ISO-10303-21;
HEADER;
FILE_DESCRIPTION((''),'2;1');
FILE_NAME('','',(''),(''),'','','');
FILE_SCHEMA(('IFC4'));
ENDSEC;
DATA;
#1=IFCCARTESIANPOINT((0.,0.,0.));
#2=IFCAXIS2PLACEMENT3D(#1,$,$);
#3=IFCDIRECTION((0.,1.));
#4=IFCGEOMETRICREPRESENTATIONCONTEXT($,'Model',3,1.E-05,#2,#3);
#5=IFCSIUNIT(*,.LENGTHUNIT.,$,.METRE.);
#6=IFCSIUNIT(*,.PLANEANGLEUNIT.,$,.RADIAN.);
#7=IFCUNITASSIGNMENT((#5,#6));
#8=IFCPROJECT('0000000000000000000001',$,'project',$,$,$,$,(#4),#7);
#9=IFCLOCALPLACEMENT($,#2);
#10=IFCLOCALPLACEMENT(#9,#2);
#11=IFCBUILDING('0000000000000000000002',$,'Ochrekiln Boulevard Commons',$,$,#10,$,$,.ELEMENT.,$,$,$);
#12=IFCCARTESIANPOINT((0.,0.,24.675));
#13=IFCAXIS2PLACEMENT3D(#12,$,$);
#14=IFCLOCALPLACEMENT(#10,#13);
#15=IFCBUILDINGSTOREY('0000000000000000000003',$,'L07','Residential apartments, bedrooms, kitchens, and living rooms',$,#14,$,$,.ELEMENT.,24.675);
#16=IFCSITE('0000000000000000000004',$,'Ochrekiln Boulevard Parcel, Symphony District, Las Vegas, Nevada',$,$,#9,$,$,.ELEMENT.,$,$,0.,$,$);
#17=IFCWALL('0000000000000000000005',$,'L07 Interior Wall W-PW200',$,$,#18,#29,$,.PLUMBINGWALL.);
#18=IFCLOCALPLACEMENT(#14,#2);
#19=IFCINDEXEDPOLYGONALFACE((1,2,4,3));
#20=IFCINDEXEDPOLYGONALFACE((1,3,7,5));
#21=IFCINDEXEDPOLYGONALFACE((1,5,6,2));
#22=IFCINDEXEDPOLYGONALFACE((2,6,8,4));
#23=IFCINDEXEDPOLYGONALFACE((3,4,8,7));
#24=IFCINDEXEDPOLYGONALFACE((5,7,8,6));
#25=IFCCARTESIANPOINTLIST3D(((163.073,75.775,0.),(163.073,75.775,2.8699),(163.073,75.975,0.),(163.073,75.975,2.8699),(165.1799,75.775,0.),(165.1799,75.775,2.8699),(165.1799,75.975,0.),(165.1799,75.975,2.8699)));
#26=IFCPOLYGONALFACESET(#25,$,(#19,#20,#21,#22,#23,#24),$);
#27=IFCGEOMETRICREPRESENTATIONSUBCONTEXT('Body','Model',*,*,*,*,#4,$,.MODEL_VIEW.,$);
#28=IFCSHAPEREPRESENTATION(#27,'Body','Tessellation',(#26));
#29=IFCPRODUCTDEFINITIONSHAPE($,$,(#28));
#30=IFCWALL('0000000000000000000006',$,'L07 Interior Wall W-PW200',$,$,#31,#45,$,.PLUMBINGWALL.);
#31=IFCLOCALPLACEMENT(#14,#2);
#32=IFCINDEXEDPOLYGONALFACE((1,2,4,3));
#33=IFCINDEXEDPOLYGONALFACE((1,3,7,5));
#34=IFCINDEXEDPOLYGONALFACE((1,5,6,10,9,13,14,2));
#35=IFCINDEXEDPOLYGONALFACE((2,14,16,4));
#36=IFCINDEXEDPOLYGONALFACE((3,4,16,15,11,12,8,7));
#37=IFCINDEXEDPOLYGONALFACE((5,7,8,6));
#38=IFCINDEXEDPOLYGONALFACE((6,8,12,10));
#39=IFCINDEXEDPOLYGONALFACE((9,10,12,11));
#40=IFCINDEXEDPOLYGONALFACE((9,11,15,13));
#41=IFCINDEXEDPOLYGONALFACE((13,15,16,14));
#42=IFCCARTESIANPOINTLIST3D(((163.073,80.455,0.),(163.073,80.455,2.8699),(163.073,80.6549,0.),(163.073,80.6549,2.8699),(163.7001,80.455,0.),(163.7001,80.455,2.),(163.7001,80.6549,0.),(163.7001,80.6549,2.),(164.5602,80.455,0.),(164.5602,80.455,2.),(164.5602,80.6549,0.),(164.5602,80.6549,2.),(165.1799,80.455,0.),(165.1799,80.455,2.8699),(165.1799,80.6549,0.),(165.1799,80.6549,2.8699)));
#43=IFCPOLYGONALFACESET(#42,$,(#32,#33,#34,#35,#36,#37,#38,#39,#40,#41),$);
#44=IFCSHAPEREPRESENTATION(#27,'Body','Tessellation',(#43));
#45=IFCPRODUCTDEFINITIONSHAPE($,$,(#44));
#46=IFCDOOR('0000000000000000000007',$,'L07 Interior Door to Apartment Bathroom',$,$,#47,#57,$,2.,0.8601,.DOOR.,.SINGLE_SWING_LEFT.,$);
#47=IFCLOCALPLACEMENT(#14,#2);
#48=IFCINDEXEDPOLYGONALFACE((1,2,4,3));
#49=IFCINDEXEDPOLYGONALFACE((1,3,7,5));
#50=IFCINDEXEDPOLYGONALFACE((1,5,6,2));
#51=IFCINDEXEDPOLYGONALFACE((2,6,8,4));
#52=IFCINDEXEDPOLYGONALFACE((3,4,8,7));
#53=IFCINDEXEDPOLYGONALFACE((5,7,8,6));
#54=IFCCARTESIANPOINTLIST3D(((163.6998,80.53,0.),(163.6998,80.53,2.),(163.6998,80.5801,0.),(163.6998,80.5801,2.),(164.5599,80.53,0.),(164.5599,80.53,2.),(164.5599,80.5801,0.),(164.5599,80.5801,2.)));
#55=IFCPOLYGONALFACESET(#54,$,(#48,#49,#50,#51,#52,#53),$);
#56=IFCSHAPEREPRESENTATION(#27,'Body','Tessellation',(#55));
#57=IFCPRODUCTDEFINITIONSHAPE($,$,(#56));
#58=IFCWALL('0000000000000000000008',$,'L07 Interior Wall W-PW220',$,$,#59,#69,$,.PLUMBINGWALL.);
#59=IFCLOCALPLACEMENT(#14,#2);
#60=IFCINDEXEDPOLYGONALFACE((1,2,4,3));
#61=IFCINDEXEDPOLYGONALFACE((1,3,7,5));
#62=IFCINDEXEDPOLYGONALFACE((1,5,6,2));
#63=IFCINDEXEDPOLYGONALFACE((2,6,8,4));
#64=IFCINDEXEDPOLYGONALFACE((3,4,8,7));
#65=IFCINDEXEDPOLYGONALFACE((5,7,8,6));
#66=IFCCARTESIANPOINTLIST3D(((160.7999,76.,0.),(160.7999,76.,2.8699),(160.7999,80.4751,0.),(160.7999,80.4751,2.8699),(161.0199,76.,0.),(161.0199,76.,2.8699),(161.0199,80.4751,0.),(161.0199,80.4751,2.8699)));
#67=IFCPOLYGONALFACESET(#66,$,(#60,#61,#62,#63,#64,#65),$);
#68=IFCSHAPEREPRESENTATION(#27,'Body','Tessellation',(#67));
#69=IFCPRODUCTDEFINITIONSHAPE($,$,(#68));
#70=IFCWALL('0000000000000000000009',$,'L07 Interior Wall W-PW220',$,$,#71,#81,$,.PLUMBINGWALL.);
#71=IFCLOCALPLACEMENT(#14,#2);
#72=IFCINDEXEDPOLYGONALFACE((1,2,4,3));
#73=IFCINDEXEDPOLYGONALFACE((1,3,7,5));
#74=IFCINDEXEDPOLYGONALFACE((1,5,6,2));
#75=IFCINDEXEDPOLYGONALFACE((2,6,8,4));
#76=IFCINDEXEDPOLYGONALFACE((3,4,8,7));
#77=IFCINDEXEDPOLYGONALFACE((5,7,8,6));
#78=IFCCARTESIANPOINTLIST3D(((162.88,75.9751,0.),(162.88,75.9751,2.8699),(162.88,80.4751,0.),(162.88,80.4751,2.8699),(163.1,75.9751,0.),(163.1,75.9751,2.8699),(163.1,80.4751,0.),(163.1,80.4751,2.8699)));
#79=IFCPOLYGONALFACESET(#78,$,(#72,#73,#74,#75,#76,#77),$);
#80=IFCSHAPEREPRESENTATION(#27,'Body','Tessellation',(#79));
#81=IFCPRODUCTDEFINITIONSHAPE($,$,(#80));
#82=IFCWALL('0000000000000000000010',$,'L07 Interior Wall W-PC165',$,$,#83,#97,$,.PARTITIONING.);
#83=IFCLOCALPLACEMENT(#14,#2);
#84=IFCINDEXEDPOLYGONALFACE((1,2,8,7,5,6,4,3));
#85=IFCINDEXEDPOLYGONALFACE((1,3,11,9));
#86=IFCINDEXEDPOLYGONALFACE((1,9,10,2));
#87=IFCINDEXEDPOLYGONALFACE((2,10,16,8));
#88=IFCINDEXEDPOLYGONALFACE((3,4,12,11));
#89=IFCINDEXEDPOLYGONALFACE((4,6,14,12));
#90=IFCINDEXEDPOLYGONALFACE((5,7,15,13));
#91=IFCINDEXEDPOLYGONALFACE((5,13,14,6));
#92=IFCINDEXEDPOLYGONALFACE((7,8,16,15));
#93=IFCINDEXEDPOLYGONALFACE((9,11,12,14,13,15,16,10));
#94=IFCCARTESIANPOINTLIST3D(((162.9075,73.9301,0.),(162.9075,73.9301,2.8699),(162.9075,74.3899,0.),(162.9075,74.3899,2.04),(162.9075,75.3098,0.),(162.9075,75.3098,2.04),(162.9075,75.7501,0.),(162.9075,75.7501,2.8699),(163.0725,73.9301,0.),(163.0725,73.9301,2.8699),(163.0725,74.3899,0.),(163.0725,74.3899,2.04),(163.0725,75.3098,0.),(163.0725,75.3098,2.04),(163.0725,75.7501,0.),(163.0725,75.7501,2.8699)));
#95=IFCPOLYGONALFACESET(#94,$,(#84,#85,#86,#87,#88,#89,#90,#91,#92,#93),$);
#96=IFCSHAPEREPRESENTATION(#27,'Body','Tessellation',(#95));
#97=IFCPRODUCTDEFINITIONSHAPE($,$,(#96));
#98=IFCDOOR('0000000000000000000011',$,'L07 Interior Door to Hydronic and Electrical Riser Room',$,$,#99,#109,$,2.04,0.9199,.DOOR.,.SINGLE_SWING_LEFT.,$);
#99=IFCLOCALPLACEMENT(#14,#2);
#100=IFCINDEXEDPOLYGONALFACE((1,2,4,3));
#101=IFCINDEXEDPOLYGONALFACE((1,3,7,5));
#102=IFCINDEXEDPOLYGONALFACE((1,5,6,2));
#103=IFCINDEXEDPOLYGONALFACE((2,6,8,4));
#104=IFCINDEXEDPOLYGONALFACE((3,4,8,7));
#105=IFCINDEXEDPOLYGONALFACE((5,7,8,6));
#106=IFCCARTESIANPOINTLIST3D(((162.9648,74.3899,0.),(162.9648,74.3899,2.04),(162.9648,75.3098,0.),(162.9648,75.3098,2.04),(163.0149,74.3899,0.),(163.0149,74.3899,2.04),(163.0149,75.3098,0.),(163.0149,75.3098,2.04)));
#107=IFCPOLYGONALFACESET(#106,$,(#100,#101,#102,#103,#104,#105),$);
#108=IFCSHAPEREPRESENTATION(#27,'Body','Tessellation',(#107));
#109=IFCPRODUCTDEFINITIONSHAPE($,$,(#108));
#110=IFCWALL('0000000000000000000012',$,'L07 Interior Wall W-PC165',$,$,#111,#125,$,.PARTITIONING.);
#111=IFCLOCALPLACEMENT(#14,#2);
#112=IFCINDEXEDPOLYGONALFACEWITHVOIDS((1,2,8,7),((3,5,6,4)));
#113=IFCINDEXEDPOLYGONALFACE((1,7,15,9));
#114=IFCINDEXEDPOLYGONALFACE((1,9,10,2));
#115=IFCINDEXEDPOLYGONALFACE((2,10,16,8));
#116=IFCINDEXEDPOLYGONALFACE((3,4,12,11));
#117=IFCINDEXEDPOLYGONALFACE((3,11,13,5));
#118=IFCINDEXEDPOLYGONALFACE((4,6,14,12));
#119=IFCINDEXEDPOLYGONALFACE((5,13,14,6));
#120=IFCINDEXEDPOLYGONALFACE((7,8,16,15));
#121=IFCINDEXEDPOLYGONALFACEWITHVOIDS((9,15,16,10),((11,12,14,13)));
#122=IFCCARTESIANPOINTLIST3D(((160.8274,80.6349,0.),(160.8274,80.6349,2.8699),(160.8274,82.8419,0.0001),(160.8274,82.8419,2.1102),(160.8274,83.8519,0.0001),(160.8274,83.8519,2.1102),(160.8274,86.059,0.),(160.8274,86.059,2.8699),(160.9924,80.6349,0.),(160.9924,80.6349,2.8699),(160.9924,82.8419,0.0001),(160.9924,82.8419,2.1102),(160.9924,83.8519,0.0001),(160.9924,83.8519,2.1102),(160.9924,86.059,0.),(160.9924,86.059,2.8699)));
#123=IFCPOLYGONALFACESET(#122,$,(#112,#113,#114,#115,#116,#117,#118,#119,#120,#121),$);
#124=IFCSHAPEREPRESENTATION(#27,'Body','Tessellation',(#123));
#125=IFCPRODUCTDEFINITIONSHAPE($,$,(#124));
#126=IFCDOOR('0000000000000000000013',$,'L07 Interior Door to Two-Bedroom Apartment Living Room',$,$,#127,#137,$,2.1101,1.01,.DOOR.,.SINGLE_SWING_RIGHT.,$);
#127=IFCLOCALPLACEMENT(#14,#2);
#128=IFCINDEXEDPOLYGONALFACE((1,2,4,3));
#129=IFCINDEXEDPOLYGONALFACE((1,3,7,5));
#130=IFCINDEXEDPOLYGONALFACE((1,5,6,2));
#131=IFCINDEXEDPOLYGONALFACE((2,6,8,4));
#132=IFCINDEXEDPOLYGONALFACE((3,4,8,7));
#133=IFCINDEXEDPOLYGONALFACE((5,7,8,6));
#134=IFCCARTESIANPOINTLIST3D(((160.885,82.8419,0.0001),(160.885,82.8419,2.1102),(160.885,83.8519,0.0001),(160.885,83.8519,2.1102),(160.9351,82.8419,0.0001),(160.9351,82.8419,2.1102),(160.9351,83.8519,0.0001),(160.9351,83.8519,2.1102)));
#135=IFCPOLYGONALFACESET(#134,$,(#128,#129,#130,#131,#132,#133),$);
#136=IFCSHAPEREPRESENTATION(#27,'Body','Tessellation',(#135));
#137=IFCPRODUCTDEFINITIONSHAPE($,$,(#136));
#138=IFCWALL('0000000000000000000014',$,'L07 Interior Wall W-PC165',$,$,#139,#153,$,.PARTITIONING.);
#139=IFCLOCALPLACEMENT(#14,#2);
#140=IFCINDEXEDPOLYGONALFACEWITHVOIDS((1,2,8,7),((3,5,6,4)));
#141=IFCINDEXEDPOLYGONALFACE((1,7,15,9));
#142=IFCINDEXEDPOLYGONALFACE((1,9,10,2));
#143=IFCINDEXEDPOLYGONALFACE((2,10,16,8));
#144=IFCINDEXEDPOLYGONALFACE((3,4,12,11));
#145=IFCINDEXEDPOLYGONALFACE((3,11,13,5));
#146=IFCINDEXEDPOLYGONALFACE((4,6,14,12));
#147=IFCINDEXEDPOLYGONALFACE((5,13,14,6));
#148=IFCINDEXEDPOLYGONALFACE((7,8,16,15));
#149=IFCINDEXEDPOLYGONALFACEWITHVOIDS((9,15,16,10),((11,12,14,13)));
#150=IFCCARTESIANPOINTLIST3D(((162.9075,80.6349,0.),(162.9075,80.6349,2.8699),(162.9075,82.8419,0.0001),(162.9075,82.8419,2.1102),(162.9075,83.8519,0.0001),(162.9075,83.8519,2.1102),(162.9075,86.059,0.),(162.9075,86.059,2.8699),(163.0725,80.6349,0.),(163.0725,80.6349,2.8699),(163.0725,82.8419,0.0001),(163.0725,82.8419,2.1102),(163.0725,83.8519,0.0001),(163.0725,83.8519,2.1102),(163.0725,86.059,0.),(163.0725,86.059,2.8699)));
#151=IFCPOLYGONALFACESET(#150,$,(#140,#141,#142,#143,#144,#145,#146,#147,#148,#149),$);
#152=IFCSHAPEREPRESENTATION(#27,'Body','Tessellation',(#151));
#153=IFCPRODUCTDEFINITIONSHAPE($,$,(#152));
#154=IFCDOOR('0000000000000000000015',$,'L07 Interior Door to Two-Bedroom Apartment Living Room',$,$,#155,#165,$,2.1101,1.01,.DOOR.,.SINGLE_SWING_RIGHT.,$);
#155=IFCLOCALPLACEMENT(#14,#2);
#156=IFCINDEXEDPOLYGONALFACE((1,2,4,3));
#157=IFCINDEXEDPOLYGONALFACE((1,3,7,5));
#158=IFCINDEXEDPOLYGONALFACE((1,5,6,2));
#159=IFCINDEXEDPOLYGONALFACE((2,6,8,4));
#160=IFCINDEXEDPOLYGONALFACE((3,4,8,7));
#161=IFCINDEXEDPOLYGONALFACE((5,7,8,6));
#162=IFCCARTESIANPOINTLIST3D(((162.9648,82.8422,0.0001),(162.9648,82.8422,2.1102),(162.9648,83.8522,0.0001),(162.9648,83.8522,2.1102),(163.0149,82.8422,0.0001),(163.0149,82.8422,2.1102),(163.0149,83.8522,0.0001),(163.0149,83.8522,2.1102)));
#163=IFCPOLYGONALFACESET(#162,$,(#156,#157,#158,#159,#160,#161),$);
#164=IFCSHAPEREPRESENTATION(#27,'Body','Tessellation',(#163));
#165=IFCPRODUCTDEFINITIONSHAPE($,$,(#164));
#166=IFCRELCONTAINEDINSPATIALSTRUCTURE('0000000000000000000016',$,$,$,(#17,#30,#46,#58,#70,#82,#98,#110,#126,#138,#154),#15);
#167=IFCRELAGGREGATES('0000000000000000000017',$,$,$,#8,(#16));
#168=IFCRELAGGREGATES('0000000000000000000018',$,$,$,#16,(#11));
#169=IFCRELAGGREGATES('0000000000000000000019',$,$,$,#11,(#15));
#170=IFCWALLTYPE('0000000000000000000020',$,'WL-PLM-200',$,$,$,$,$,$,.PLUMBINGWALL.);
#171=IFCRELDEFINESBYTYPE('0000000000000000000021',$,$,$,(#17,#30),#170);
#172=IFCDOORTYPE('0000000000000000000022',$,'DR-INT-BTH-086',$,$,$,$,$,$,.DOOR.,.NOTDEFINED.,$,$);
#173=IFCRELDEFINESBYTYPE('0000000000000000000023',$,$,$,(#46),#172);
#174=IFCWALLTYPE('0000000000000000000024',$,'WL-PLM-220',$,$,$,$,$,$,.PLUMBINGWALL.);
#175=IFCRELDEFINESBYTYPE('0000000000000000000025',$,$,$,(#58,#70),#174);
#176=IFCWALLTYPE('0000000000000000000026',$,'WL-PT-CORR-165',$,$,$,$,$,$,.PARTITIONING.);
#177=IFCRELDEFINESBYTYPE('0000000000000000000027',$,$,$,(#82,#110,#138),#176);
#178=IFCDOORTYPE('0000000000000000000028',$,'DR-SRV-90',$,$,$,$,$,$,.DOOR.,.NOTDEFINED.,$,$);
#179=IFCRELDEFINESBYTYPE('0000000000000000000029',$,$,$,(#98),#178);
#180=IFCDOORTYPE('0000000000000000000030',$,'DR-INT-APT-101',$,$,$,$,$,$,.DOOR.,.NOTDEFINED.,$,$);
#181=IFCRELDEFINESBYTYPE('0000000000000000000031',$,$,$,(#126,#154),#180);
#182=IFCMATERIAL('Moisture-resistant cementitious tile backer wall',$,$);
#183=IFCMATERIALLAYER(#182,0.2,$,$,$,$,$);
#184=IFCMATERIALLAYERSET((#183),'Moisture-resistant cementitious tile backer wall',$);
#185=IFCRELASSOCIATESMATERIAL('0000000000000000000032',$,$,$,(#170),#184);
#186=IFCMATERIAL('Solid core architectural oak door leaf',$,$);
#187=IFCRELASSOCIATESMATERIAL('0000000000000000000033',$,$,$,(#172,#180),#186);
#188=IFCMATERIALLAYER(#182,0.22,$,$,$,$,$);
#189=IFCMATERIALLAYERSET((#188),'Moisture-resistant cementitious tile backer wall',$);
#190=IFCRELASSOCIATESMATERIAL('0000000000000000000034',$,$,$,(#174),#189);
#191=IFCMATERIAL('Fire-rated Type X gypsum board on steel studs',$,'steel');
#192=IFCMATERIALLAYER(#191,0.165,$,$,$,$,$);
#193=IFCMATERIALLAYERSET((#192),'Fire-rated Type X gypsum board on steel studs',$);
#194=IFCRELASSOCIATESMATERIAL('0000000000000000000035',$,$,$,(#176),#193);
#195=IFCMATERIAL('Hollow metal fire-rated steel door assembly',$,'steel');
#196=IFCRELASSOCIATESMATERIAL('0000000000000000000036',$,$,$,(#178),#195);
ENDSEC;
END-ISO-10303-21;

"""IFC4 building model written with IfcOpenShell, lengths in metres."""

from ifc_helpers import new_model, si_unit, direction, frame, frame_2d, origin, place, context, subcontext, project, spatial, rectangle, extrude, material, layer, layer_set, type_object, element, fill, save


model = new_model("IFC4")

# Units and contexts
model_context = context("Model", 3, precision=1e-05, world=origin(), true_north=direction((0.0, 1.0)))
body_context = subcontext(model_context, "Body", "Model", "MODEL_VIEW")
ifc_project = project(units=[si_unit("LENGTHUNIT", "METRE"), si_unit("PLANEANGLEUNIT", "RADIAN")], contexts=[model_context])

# Site, building, storey
site_placement = place(None, origin())
site = spatial("IfcSite", under=ifc_project, at=site_placement, Name="Ochrekiln Boulevard Parcel, Symphony District, Las Vegas, Nevada", CompositionType="ELEMENT", RefElevation=0.0)
building_placement = place(site_placement, origin())
building = spatial("IfcBuilding", under=site, at=building_placement, Name="Ochrekiln Boulevard Commons", CompositionType="ELEMENT")
storey_placement = place(building_placement, frame((0.0, 0.0, 24.675)))
storey = spatial("IfcBuildingStorey", under=building, at=storey_placement, Name="L07", Description="Residential apartments, bedrooms, kitchens, and living rooms", CompositionType="ELEMENT", Elevation=24.675)

# Wall
ifc_material_1 = material(Name="Moisture-resistant cementitious tile backer wall")
ifc_layer_1 = layer(ifc_material_1, 0.2)
ifc_layer_set_1 = layer_set([ifc_layer_1], Name="Moisture-resistant cementitious tile backer wall")
wall_type_1 = type_object("IfcWallType", Name="WL-PLM-200", PredefinedType="PLUMBINGWALL", material=ifc_layer_set_1)
wall_1_placement = place(storey_placement, frame((163.073, 75.875, 0.0), z_axis=(0.0, 0.0, 1.0), x_axis=(1.0, 0.0, 0.0)))
element("IfcWall", 1, at=wall_1_placement, inside=storey, type_object=wall_type_1, Name="L07 Interior Wall W-PW200", PredefinedType="PLUMBINGWALL", context=body_context, shape_type="SweptSolid", body=[
    extrude(rectangle(XDim=2.1069, YDim=0.2, at=frame_2d((1.0535, 0.0))), origin(), (0.0, 0.0, 1.0), 2.8699),
])

# Wall, opening, door
wall_2_placement = place(storey_placement, frame((163.073, 80.5549, 0.0), z_axis=(0.0, 0.0, 1.0), x_axis=(1.0, 0.0, 0.0)))
wall_2 = element("IfcWall", 2, at=wall_2_placement, inside=storey, type_object=wall_type_1, Name="L07 Interior Wall W-PW200", PredefinedType="PLUMBINGWALL", context=body_context, shape_type="SweptSolid", body=[
    extrude(rectangle(XDim=2.1069, YDim=0.2, at=frame_2d((1.0535, 0.0))), origin(), (0.0, 0.0, 1.0), 2.8699),
])
opening_1_placement = place(wall_2_placement, frame((0.627, 0.0, 0.0)))
opening_1 = element("IfcOpeningElement", 3, at=opening_1_placement, cuts=wall_2, PredefinedType="OPENING", context=body_context, shape_type="SweptSolid", body=[
    extrude(rectangle(XDim=0.8601, YDim=2.0, at=frame_2d((0.4302, 1.0))), frame((0.0, 0.1099, 0.0), z_axis=(0.0, -1.0, 0.0), x_axis=(1.0, 0.0, 0.0)), (0.0, 0.0, 1.0), 0.22),
])
ifc_material_2 = material(Name="Solid core architectural oak door leaf")
door_type_1 = type_object("IfcDoorType", Name="DR-INT-BTH-086", OperationType="NOTDEFINED", PredefinedType="DOOR", material=ifc_material_2)
door_1_placement = place(opening_1_placement, frame((0.8601, 0.0, 0.0), z_axis=(0.0, 0.0, 1.0), x_axis=(-1.0, 0.0, 0.0)))
door_1 = element("IfcDoor", 4, at=door_1_placement, inside=storey, type_object=door_type_1, Name="L07 Interior Door to Apartment Bathroom", OperationType="SINGLE_SWING_LEFT", OverallHeight=2.0, OverallWidth=0.8601, PredefinedType="DOOR", context=body_context, shape_type="SweptSolid", body=[
    extrude(rectangle(XDim=0.8601, YDim=2.0, at=frame_2d((0.4302, 1.0))), frame((0.0, 0.0249, 0.0), z_axis=(0.0, -1.0, 0.0), x_axis=(1.0, 0.0, 0.0)), (0.0, 0.0, 1.0), 0.05),
])
fill(opening_1, door_1)

# Walls
ifc_layer_2 = layer(ifc_material_1, 0.22)
ifc_layer_set_2 = layer_set([ifc_layer_2], Name="Moisture-resistant cementitious tile backer wall")
wall_type_2 = type_object("IfcWallType", Name="WL-PLM-220", PredefinedType="PLUMBINGWALL", material=ifc_layer_set_2)
wall_3_placement = place(storey_placement, frame((160.9099, 76.0, 0.0), z_axis=(0.0, 0.0, 1.0), x_axis=(0.0, 1.0, 0.0)))
element("IfcWall", 5, at=wall_3_placement, inside=storey, type_object=wall_type_2, Name="L07 Interior Wall W-PW220", PredefinedType="PLUMBINGWALL", context=body_context, shape_type="SweptSolid", body=[
    extrude(rectangle(XDim=4.4751, YDim=0.22, at=frame_2d((2.2375, 0.0))), origin(), (0.0, 0.0, 1.0), 2.8699),
])
wall_4_placement = place(storey_placement, frame((162.99, 75.9751, 0.0), z_axis=(0.0, 0.0, 1.0), x_axis=(0.0, 1.0, 0.0)))
element("IfcWall", 6, at=wall_4_placement, inside=storey, type_object=wall_type_2, Name="L07 Interior Wall W-PW220", PredefinedType="PLUMBINGWALL", context=body_context, shape_type="SweptSolid", body=[
    extrude(rectangle(XDim=4.5, YDim=0.22, at=frame_2d((2.25, 0.0))), origin(), (0.0, 0.0, 1.0), 2.8699),
])

# Walls, openings, doors
ifc_material_3 = material(Name="Fire-rated Type X gypsum board on steel studs", Category="steel")
ifc_layer_3 = layer(ifc_material_3, 0.165)
ifc_layer_set_3 = layer_set([ifc_layer_3], Name="Fire-rated Type X gypsum board on steel studs")
wall_type_3 = type_object("IfcWallType", Name="WL-PT-CORR-165", PredefinedType="PARTITIONING", material=ifc_layer_set_3)
wall_5_placement = place(storey_placement, frame((162.99, 73.9299, 0.0), z_axis=(0.0, 0.0, 1.0), x_axis=(0.0, 1.0, 0.0)))
wall_5 = element("IfcWall", 7, at=wall_5_placement, inside=storey, type_object=wall_type_3, Name="L07 Interior Wall W-PC165", PredefinedType="PARTITIONING", context=body_context, shape_type="SweptSolid", body=[
    extrude(rectangle(XDim=1.8201, YDim=0.165, at=frame_2d((0.9102, 0.0))), origin(), (0.0, 0.0, 1.0), 2.8699),
])
opening_2_placement = place(wall_5_placement, frame((0.46, 0.0, 0.0)))
opening_2 = element("IfcOpeningElement", 8, at=opening_2_placement, cuts=wall_5, PredefinedType="OPENING", context=body_context, shape_type="SweptSolid", body=[
    extrude(rectangle(XDim=0.9199, YDim=2.04, at=frame_2d((0.46, 1.02))), frame((0.0, 0.0925, 0.0), z_axis=(0.0, -1.0, 0.0), x_axis=(1.0, 0.0, 0.0)), (0.0, 0.0, 1.0), 0.1851),
])
ifc_material_4 = material(Name="Hollow metal fire-rated steel door assembly", Category="steel")
door_type_2 = type_object("IfcDoorType", Name="DR-SRV-90", OperationType="NOTDEFINED", PredefinedType="DOOR", material=ifc_material_4)
door_2_placement = place(opening_2_placement, frame((0.9199, 0.0, 0.0), z_axis=(0.0, 0.0, 1.0), x_axis=(-1.0, 0.0, 0.0)))
door_2 = element("IfcDoor", 9, at=door_2_placement, inside=storey, type_object=door_type_2, Name="L07 Interior Door to Hydronic and Electrical Riser Room", OperationType="SINGLE_SWING_LEFT", OverallHeight=2.04, OverallWidth=0.9199, PredefinedType="DOOR", context=body_context, shape_type="SweptSolid", body=[
    extrude(rectangle(XDim=0.9199, YDim=2.04, at=frame_2d((0.46, 1.02))), frame((0.0, 0.0249, 0.0), z_axis=(0.0, -1.0, 0.0), x_axis=(1.0, 0.0, 0.0)), (0.0, 0.0, 1.0), 0.05),
])
fill(opening_2, door_2)
wall_6_placement = place(storey_placement, frame((160.9099, 80.635, 0.0), z_axis=(0.0, 0.0, 1.0), x_axis=(0.0, 1.0, 0.0)))
wall_6 = element("IfcWall", 10, at=wall_6_placement, inside=storey, type_object=wall_type_3, Name="L07 Interior Wall W-PC165", PredefinedType="PARTITIONING", context=body_context, shape_type="SweptSolid", body=[
    extrude(rectangle(XDim=5.4241, YDim=0.165, at=frame_2d((2.7119, 0.0))), origin(), (0.0, 0.0, 1.0), 2.8699),
])
opening_3_placement = place(wall_6_placement, frame((2.207, 0.0, 0.0)))
opening_3 = element("IfcOpeningElement", 11, at=opening_3_placement, cuts=wall_6, PredefinedType="OPENING", context=body_context, shape_type="SweptSolid", body=[
    extrude(rectangle(XDim=1.01, YDim=2.1101, at=frame_2d((0.5049, 1.0552))), frame((0.0, 0.0925, 0.0), z_axis=(0.0, -1.0, 0.0), x_axis=(1.0, 0.0, 0.0)), (0.0, 0.0, 1.0), 0.1851),
])
door_type_3 = type_object("IfcDoorType", Name="DR-INT-APT-101", OperationType="NOTDEFINED", PredefinedType="DOOR", material=ifc_material_2)
door_3_placement = place(opening_3_placement, origin())
door_3 = element("IfcDoor", 12, at=door_3_placement, inside=storey, type_object=door_type_3, Name="L07 Interior Door to Two-Bedroom Apartment Living Room", OperationType="SINGLE_SWING_RIGHT", OverallHeight=2.1101, OverallWidth=1.01, PredefinedType="DOOR", context=body_context, shape_type="SweptSolid", body=[
    extrude(rectangle(XDim=1.01, YDim=2.1101, at=frame_2d((0.5049, 1.0552))), frame((0.0, 0.0249, 0.0), z_axis=(0.0, -1.0, 0.0), x_axis=(1.0, 0.0, 0.0)), (0.0, 0.0, 1.0), 0.05),
])
fill(opening_3, door_3)
wall_7_placement = place(storey_placement, frame((162.99, 80.635, 0.0), z_axis=(0.0, 0.0, 1.0), x_axis=(0.0, 1.0, 0.0)))
wall_7 = element("IfcWall", 13, at=wall_7_placement, inside=storey, type_object=wall_type_3, Name="L07 Interior Wall W-PC165", PredefinedType="PARTITIONING", context=body_context, shape_type="SweptSolid", body=[
    extrude(rectangle(XDim=5.4241, YDim=0.165, at=frame_2d((2.7119, 0.0))), origin(), (0.0, 0.0, 1.0), 2.8699),
])
opening_4_placement = place(wall_7_placement, frame((2.207, 0.0, 0.0)))
opening_4 = element("IfcOpeningElement", 14, at=opening_4_placement, cuts=wall_7, PredefinedType="OPENING", context=body_context, shape_type="SweptSolid", body=[
    extrude(rectangle(XDim=1.01, YDim=2.1101, at=frame_2d((0.5049, 1.0552))), frame((0.0, 0.0925, 0.0), z_axis=(0.0, -1.0, 0.0), x_axis=(1.0, 0.0, 0.0)), (0.0, 0.0, 1.0), 0.1851),
])
door_4_placement = place(opening_4_placement, frame((1.01, 0.0, 0.0), z_axis=(0.0, 0.0, 1.0), x_axis=(-1.0, 0.0, 0.0)))
door_4 = element("IfcDoor", 15, at=door_4_placement, inside=storey, type_object=door_type_3, Name="L07 Interior Door to Two-Bedroom Apartment Living Room", OperationType="SINGLE_SWING_RIGHT", OverallHeight=2.1101, OverallWidth=1.01, PredefinedType="DOOR", context=body_context, shape_type="SweptSolid", body=[
    extrude(rectangle(XDim=1.01, YDim=2.1101, at=frame_2d((0.5049, 1.0552))), frame((0.0, 0.0249, 0.0), z_axis=(0.0, -1.0, 0.0), x_axis=(1.0, 0.0, 0.0)), (0.0, 0.0, 1.0), 0.05),
])
fill(opening_4, door_4)

save(model, "model.ifc")
